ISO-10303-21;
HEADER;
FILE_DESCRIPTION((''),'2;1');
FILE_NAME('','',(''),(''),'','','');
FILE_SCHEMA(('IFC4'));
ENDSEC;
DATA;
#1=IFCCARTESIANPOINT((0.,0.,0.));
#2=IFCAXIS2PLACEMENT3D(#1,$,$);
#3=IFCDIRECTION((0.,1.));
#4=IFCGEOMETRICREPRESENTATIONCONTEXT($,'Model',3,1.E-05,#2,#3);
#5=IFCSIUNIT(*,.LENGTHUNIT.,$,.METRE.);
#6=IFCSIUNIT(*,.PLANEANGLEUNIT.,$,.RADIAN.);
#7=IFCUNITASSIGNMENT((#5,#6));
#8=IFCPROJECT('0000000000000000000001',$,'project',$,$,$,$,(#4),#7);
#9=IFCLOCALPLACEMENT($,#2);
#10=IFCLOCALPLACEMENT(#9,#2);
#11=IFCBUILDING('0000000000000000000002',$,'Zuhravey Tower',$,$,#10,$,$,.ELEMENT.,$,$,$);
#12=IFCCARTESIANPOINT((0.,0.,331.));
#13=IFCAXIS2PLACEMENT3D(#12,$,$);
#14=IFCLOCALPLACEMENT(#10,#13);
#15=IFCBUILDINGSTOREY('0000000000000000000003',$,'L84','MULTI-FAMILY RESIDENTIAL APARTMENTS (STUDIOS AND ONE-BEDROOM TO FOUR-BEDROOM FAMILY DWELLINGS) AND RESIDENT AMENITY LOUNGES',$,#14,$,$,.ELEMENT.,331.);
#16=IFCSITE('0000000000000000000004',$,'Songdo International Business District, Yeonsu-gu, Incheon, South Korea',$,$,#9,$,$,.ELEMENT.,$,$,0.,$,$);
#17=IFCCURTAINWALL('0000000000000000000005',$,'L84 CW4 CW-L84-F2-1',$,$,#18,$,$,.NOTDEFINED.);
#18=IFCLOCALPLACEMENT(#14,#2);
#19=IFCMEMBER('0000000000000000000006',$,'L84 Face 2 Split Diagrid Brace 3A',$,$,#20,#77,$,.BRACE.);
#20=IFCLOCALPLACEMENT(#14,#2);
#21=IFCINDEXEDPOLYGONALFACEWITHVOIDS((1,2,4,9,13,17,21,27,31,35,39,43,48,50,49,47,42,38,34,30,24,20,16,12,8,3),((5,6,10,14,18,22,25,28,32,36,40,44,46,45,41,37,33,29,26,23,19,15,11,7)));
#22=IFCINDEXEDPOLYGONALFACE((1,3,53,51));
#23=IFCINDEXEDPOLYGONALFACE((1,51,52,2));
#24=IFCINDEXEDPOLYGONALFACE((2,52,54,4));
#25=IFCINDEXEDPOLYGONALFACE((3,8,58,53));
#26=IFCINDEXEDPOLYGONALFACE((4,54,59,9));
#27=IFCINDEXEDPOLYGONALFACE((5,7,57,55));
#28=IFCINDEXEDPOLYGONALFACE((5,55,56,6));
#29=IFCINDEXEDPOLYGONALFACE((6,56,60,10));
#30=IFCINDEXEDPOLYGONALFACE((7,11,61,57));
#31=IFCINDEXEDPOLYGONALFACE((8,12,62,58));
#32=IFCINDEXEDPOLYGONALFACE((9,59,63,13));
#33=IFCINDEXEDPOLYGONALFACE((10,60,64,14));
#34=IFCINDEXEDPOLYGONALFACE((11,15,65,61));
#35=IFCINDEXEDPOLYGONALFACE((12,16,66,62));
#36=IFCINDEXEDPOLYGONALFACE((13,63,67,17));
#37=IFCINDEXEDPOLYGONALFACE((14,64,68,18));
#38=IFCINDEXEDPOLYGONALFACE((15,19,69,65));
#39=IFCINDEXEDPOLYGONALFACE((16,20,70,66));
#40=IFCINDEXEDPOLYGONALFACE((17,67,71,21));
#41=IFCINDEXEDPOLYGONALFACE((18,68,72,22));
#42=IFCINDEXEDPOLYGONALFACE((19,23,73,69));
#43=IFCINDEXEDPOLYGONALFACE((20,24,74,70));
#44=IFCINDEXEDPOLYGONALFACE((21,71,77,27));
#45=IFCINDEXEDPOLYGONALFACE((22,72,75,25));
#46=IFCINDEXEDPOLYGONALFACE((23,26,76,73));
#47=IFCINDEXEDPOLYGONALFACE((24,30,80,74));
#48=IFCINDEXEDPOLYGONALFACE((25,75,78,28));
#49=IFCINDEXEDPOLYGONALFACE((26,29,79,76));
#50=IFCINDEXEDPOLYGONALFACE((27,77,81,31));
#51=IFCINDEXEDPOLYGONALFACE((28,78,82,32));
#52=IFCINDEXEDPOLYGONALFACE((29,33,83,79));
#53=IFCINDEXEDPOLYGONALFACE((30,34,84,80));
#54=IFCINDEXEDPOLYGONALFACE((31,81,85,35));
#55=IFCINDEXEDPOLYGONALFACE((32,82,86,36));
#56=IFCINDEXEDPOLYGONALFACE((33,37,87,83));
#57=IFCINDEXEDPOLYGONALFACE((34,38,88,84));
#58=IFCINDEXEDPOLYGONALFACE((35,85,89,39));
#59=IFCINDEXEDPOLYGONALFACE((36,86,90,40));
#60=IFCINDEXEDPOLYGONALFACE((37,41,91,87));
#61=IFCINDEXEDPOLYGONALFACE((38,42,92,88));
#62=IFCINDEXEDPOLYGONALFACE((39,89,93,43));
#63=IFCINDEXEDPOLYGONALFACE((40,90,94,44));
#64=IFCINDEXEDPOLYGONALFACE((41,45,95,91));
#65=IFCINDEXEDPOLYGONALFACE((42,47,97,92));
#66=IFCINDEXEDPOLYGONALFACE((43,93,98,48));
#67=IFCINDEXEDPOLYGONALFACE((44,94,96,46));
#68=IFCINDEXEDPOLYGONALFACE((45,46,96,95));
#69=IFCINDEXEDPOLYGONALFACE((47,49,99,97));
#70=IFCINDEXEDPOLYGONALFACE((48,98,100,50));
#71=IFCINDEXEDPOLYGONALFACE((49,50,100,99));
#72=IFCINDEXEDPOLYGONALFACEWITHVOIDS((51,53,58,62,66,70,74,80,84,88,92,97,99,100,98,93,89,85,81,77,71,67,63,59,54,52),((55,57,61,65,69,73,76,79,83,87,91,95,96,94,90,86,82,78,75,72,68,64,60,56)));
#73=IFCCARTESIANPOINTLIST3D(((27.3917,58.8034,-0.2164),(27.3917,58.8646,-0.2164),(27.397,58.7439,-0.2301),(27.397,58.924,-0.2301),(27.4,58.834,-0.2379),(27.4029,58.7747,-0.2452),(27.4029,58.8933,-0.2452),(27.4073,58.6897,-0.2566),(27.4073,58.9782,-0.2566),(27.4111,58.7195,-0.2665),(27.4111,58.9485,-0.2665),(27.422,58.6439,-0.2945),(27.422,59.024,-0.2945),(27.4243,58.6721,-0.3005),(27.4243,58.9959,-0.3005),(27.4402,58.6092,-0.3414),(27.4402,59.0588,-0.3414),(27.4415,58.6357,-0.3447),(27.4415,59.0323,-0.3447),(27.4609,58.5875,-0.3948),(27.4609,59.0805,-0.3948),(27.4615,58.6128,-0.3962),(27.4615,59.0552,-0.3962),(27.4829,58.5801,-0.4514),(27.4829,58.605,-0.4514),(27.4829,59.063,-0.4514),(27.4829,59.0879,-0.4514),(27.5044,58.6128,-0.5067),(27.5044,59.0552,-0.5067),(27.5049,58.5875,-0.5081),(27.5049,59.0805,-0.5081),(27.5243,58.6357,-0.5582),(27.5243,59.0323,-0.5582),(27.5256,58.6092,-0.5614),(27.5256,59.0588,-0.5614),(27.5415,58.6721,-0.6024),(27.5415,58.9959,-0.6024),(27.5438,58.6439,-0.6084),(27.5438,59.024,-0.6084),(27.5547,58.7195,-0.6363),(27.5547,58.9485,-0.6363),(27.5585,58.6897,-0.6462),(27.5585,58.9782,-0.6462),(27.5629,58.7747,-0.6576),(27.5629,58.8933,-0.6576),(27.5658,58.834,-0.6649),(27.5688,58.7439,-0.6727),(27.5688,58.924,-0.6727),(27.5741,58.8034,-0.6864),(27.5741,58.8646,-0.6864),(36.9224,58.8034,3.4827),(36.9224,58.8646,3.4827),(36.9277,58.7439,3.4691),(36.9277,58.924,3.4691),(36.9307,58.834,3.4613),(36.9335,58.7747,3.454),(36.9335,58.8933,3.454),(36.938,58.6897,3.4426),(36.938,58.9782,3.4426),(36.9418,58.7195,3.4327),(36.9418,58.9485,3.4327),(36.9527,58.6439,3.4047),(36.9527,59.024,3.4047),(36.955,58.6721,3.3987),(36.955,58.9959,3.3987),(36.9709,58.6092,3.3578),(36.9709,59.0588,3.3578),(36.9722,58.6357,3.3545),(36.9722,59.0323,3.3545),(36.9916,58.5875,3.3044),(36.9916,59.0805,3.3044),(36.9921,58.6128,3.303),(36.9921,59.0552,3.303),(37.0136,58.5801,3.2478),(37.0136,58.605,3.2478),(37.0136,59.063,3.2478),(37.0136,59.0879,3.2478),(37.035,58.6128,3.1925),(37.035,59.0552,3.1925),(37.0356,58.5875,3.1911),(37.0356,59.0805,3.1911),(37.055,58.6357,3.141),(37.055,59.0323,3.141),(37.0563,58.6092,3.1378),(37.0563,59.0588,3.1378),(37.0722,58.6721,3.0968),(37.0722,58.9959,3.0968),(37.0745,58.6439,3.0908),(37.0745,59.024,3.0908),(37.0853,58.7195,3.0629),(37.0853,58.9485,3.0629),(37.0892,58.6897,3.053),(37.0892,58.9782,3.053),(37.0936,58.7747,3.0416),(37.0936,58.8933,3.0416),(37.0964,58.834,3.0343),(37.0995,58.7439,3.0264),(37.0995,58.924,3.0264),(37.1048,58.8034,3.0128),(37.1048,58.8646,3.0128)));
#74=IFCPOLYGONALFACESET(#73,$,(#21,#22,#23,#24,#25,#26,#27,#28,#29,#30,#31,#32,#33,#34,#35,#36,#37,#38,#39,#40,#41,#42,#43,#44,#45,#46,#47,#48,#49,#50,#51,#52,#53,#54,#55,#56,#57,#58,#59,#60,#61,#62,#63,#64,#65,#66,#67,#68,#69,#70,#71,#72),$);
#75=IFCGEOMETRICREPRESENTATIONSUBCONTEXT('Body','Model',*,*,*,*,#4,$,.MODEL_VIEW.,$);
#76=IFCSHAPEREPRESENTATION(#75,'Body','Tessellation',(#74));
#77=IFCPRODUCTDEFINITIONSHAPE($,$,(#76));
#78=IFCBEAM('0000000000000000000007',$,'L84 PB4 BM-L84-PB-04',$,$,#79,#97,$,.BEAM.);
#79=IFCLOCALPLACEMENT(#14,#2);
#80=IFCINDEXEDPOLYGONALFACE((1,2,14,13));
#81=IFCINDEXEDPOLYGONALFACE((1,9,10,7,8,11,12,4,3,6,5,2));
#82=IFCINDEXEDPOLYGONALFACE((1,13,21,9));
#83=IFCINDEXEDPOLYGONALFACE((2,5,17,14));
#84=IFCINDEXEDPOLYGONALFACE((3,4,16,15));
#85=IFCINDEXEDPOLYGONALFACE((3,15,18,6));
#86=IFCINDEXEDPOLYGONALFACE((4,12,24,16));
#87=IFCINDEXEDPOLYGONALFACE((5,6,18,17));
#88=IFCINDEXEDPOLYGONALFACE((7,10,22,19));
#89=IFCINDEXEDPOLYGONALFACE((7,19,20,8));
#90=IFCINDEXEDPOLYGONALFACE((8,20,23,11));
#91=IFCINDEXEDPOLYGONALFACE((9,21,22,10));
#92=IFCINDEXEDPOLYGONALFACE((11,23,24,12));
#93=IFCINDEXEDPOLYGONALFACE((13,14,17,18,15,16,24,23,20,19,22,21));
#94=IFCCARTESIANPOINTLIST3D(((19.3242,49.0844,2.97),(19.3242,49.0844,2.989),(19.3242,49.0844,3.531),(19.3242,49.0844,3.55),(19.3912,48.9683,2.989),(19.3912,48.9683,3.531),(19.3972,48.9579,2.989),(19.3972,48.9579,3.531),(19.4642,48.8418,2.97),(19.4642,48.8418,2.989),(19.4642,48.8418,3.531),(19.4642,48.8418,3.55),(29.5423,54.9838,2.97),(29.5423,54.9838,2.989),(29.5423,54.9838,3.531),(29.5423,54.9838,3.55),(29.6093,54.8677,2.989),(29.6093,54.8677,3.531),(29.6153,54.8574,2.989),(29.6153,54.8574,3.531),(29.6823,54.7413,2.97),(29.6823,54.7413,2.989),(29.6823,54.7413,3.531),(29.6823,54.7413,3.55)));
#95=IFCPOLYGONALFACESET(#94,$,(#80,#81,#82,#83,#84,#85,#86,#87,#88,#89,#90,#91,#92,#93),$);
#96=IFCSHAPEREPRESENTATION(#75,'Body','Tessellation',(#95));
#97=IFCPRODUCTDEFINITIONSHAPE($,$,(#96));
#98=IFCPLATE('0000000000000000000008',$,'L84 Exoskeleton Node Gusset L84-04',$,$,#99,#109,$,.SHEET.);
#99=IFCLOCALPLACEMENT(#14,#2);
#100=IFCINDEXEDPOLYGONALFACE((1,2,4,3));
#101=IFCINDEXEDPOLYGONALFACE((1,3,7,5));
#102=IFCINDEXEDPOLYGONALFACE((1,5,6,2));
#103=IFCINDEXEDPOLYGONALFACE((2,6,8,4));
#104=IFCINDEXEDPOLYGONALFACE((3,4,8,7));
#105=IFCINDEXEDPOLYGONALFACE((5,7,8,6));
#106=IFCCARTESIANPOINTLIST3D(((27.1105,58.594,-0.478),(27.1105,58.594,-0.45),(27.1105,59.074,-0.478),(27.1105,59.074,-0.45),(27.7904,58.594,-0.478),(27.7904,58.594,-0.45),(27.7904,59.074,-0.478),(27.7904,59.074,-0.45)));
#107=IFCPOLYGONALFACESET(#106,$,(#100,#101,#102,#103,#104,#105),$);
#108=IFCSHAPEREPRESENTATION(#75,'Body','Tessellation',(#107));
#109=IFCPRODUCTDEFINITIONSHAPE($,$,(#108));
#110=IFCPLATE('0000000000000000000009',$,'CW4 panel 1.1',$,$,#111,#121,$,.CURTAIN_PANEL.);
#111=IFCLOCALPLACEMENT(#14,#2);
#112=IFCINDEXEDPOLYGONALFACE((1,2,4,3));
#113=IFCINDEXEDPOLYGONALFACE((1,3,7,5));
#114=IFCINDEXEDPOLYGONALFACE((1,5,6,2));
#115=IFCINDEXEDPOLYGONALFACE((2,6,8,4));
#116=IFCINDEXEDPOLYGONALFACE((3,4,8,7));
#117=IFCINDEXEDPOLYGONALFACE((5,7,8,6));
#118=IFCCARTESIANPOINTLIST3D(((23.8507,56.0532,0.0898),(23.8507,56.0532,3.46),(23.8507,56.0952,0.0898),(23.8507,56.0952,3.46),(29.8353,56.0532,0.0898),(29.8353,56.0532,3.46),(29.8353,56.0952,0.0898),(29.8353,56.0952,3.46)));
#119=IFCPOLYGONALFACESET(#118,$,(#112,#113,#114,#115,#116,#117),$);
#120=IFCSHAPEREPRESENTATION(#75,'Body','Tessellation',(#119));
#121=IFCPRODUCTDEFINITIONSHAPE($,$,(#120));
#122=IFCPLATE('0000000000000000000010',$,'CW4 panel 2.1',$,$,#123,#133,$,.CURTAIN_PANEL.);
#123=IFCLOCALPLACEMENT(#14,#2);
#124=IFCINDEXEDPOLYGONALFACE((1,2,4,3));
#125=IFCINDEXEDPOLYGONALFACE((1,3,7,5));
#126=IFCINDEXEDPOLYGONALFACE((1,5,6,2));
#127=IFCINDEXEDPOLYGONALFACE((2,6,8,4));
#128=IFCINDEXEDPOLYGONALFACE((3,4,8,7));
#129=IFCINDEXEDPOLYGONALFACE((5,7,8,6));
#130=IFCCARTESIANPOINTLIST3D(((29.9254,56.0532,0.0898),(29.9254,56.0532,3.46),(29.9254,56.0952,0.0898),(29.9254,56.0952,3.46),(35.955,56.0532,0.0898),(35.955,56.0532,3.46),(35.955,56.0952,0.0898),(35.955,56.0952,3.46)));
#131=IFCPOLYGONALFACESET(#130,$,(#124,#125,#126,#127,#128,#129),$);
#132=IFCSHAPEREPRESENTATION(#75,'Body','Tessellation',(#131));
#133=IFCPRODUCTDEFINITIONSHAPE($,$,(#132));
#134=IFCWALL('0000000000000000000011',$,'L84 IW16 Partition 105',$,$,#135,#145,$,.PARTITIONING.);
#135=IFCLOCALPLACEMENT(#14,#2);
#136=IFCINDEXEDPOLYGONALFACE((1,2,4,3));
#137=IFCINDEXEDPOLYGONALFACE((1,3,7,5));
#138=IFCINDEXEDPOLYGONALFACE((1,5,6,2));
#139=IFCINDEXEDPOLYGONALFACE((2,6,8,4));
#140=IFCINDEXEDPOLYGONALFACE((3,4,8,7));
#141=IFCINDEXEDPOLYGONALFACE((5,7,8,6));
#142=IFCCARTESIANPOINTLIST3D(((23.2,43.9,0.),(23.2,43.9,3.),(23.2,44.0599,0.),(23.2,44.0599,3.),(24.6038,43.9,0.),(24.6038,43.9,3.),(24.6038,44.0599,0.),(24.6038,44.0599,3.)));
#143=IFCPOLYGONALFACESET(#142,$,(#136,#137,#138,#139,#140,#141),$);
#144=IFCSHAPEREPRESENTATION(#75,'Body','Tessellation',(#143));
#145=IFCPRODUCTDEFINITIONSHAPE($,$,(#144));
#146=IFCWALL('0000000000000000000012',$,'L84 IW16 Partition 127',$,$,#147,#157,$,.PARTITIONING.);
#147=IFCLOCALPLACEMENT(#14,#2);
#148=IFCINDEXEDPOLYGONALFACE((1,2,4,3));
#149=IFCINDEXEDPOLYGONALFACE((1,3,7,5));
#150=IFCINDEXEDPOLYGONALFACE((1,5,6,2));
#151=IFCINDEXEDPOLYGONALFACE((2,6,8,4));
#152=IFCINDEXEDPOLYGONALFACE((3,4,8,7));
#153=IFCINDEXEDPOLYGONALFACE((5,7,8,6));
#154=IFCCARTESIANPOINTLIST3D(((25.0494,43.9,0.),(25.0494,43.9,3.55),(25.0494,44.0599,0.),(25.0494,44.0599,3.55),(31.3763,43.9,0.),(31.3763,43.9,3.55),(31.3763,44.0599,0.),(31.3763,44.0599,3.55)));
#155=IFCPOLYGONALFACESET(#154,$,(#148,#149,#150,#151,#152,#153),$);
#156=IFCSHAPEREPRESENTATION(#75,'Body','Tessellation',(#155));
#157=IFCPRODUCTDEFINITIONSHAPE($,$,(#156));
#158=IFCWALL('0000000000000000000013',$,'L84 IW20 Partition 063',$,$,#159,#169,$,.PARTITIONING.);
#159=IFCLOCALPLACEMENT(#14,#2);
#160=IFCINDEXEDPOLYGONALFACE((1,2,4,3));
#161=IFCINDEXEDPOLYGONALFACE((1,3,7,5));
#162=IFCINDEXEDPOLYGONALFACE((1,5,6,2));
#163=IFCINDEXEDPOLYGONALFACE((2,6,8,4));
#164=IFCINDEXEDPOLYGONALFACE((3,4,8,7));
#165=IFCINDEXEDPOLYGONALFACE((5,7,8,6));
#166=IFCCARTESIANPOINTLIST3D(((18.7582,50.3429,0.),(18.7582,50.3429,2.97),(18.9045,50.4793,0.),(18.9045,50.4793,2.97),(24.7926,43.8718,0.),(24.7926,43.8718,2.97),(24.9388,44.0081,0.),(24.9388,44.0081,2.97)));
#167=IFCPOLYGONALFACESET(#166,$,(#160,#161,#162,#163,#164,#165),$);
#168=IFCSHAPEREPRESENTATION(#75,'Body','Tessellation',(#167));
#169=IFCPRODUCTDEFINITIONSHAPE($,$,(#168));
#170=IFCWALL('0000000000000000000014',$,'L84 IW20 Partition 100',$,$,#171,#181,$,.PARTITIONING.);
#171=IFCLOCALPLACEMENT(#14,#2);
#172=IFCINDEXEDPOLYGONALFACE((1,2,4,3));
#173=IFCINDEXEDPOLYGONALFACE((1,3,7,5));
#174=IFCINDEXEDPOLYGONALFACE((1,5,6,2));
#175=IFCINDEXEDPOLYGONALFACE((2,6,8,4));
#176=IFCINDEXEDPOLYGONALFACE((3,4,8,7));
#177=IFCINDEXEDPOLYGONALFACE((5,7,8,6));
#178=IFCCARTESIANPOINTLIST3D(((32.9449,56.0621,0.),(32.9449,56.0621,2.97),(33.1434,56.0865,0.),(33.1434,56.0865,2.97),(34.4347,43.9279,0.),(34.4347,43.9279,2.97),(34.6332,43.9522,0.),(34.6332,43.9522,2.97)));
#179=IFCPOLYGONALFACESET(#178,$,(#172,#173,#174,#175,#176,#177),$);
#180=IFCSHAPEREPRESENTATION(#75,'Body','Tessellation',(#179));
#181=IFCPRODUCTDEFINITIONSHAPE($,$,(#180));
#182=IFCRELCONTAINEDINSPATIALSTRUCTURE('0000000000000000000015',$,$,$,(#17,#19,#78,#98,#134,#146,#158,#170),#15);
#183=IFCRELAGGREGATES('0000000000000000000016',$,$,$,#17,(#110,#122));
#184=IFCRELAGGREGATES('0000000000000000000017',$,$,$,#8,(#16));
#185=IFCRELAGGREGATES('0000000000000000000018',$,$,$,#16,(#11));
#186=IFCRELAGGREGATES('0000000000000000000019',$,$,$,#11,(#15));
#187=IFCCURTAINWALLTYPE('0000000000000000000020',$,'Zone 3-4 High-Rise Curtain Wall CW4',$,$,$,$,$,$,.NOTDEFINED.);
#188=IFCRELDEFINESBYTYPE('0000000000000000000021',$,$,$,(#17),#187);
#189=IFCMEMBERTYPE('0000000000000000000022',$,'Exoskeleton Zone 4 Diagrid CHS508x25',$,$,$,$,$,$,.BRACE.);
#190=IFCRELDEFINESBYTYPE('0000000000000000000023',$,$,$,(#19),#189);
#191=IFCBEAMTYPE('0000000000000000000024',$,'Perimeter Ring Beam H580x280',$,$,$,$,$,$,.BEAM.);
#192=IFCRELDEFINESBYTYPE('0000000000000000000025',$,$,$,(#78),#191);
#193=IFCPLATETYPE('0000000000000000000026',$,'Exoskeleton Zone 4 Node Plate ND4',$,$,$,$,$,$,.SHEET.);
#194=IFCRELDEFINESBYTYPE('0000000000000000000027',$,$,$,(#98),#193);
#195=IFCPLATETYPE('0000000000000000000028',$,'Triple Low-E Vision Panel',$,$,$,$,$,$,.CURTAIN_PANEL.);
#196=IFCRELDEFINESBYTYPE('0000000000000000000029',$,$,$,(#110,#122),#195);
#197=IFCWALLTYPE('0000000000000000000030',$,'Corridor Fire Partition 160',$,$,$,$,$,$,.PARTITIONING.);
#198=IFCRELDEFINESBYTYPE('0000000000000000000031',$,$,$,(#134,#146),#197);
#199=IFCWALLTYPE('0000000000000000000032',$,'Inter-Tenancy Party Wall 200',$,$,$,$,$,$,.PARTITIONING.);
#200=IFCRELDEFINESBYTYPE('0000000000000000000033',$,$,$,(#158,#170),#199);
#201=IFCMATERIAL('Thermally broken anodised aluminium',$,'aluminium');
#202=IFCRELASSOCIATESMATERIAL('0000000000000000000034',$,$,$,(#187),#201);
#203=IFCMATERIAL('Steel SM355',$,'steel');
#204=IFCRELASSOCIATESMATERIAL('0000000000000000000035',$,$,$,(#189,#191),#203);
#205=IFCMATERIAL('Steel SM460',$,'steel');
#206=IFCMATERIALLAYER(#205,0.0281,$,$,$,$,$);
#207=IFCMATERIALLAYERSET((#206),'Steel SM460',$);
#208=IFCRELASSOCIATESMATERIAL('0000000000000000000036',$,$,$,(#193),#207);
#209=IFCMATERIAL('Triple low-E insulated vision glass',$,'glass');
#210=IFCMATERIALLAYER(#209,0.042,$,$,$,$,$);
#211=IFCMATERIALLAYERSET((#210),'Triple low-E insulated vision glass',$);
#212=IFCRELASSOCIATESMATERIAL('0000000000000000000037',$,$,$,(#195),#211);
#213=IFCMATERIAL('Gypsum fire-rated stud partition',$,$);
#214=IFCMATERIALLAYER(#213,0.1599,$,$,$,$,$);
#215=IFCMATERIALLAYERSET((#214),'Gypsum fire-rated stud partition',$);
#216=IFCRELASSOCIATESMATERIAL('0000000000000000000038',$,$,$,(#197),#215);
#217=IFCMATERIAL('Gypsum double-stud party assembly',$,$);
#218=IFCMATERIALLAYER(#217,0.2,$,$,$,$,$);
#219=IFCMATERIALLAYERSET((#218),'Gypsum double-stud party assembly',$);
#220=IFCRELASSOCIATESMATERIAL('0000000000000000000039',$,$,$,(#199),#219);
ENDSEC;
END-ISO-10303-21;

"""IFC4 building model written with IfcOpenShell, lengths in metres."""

from ifc_helpers import new_model, si_unit, direction, frame, frame_2d, origin, origin_2d, place, context, subcontext, project, spatial, rectangle, hollow_circle, i_section, extrude, material, layer, layer_set, material_profile, profile_set, type_object, element, aggregate, save


model = new_model("IFC4")

# Units and contexts
model_context = context("Model", 3, precision=1e-05, world=origin(), true_north=direction((0.0, 1.0)))
body_context = subcontext(model_context, "Body", "Model", "MODEL_VIEW")
ifc_project = project(units=[si_unit("LENGTHUNIT", "METRE"), si_unit("PLANEANGLEUNIT", "RADIAN")], contexts=[model_context])

# Site, building, storey
site_placement = place(None, origin())
site = spatial("IfcSite", under=ifc_project, at=site_placement, Name="Songdo International Business District, Yeonsu-gu, Incheon, South Korea", CompositionType="ELEMENT", RefElevation=0.0)
building_placement = place(site_placement, origin())
building = spatial("IfcBuilding", under=site, at=building_placement, Name="Zuhravey Tower", CompositionType="ELEMENT")
storey_placement = place(building_placement, frame((0.0, 0.0, 331.0)))
storey = spatial("IfcBuildingStorey", under=building, at=storey_placement, Name="L84", Description="MULTI-FAMILY RESIDENTIAL APARTMENTS (STUDIOS AND ONE-BEDROOM TO FOUR-BEDROOM FAMILY DWELLINGS) AND RESIDENT AMENITY LOUNGES", CompositionType="ELEMENT", Elevation=331.0)

# Curtain wall
ifc_material_1 = material(Name="Thermally broken anodised aluminium", Category="aluminium")
curtain_wall_type = type_object("IfcCurtainWallType", Name="Zone 3-4 High-Rise Curtain Wall CW4", PredefinedType="NOTDEFINED", material=ifc_material_1)
curtain_wall_placement = place(storey_placement, origin())
curtain_wall = element("IfcCurtainWall", 1, at=curtain_wall_placement, inside=storey, type_object=curtain_wall_type, Name="L84 CW4 CW-L84-F2-1", PredefinedType="NOTDEFINED")

# Member
ifc_material_2 = material(Name="Steel SM355", Category="steel")
ifc_material_profile_1 = material_profile(ifc_material_2, hollow_circle(Radius=0.2539, WallThickness=0.0249, at=origin_2d()), Name="CHS-508.0x25")
ifc_profile_set_1 = profile_set([ifc_material_profile_1], Name="Steel SM355")
member_type_1 = type_object("IfcMemberType", Name="Exoskeleton Zone 4 Diagrid CHS508x25", PredefinedType="BRACE", material=ifc_profile_set_1)
member_1_placement = place(storey_placement, frame((27.4829, 58.834, -0.4514), z_axis=(0.932242, 0.0, 0.361835), x_axis=(0.0, 1.0, 0.0)))
element("IfcMember", 2, at=member_1_placement, inside=storey, type_object=member_type_1, Name="L84 Face 2 Split Diagrid Brace 3A", PredefinedType="BRACE", context=body_context, shape_type="SweptSolid", body=[
    extrude(hollow_circle(Radius=0.2539, WallThickness=0.0249, at=origin_2d()), origin(), (0.0, 0.0, 1.0), 10.2234),
])

# Beam
ifc_material_profile_2 = material_profile(ifc_material_2, i_section(OverallWidth=0.28, OverallDepth=0.5801, WebThickness=0.012, FlangeThickness=0.019, at=origin_2d()), Name="H-580x280x12x19")
ifc_profile_set_2 = profile_set([ifc_material_profile_2], Name="Steel SM355")
beam_type = type_object("IfcBeamType", Name="Perimeter Ring Beam H580x280", PredefinedType="BEAM", material=ifc_profile_set_2)
beam_placement = place(storey_placement, frame((29.6123, 54.8625, 3.26), z_axis=(-0.866024, -0.500002, 0.0), x_axis=(0.500002, -0.866024, 0.0)))
element("IfcBeam", 3, at=beam_placement, inside=storey, type_object=beam_type, Name="L84 PB4 BM-L84-PB-04", PredefinedType="BEAM", context=body_context, shape_type="SweptSolid", body=[
    extrude(i_section(OverallWidth=0.28, OverallDepth=0.5801, WebThickness=0.012, FlangeThickness=0.019, at=origin_2d()), origin(), (0.0, 0.0, 1.0), 11.7988),
])

# Plates
ifc_material_3 = material(Name="Steel SM460", Category="steel")
ifc_layer_1 = layer(ifc_material_3, 0.0281)
ifc_layer_set_1 = layer_set([ifc_layer_1], Name="Steel SM460")
plate_type_1 = type_object("IfcPlateType", Name="Exoskeleton Zone 4 Node Plate ND4", PredefinedType="SHEET", material=ifc_layer_set_1)
plate_1_placement = place(storey_placement, frame((27.4504, 58.834, -0.478), z_axis=(0.0, 0.0, 1.0), x_axis=(-1.0, 0.0, 0.0)))
element("IfcPlate", 4, at=plate_1_placement, inside=storey, type_object=plate_type_1, Name="L84 Exoskeleton Node Gusset L84-04", PredefinedType="SHEET", context=body_context, shape_type="SweptSolid", body=[
    extrude(rectangle(XDim=0.6799, YDim=0.48, at=origin_2d()), origin(), (0.0, 0.0, 1.0), 0.0281),
])
ifc_material_4 = material(Name="Triple low-E insulated vision glass", Category="glass")
ifc_layer_2 = layer(ifc_material_4, 0.042)
ifc_layer_set_2 = layer_set([ifc_layer_2], Name="Triple low-E insulated vision glass")
plate_type_2 = type_object("IfcPlateType", Name="Triple Low-E Vision Panel", PredefinedType="CURTAIN_PANEL", material=ifc_layer_set_2)
plate_2_placement = place(storey_placement, frame((26.843, 56.0742, 0.0898), z_axis=(0.0, 0.0, 1.0), x_axis=(1.0, 0.0, 0.0)))
plate_2 = element("IfcPlate", 5, at=plate_2_placement, type_object=plate_type_2, Name="CW4 panel 1.1", PredefinedType="CURTAIN_PANEL", context=body_context, shape_type="SweptSolid", body=[
    extrude(rectangle(XDim=5.9846, YDim=0.042, at=origin_2d()), origin(), (0.0, 0.0, 1.0), 3.3701),
])
plate_3_placement = place(storey_placement, frame((32.9402, 56.0742, 0.0898), z_axis=(0.0, 0.0, 1.0), x_axis=(1.0, 0.0, 0.0)))
plate_3 = element("IfcPlate", 6, at=plate_3_placement, type_object=plate_type_2, Name="CW4 panel 2.1", PredefinedType="CURTAIN_PANEL", context=body_context, shape_type="SweptSolid", body=[
    extrude(rectangle(XDim=6.0295, YDim=0.042, at=origin_2d()), origin(), (0.0, 0.0, 1.0), 3.3701),
])
aggregate(curtain_wall, [plate_2, plate_3])

# Shared definitions
ifc_material_5 = material(Name="Gypsum fire-rated stud partition")
ifc_layer_3 = layer(ifc_material_5, 0.1599)
ifc_layer_set_3 = layer_set([ifc_layer_3], Name="Gypsum fire-rated stud partition")
wall_type_1 = type_object("IfcWallType", Name="Corridor Fire Partition 160", PredefinedType="PARTITIONING", material=ifc_layer_set_3)

# Walls
wall_1_placement = place(storey_placement, frame((24.6038, 43.98, 0.0), z_axis=(0.0, 0.0, 1.0), x_axis=(-1.0, 0.0, 0.0)))
element("IfcWall", 7, at=wall_1_placement, inside=storey, type_object=wall_type_1, Name="L84 IW16 Partition 105", PredefinedType="PARTITIONING", context=body_context, shape_type="SweptSolid", body=[
    extrude(rectangle(XDim=1.4038, YDim=0.1599, at=frame_2d((0.7019, 0.0))), origin(), (0.0, 0.0, 1.0), 3.0),
])
wall_2_placement = place(storey_placement, frame((31.3765, 43.98, 0.0), z_axis=(0.0, 0.0, 1.0), x_axis=(-1.0, 0.0, 0.0)))
element("IfcWall", 8, at=wall_2_placement, inside=storey, type_object=wall_type_1, Name="L84 IW16 Partition 127", PredefinedType="PARTITIONING", context=body_context, shape_type="SweptSolid", body=[
    extrude(rectangle(XDim=6.3269, YDim=0.1599, at=frame_2d((3.1636, 0.0))), origin(), (0.0, 0.0, 1.0), 3.55),
])
ifc_material_6 = material(Name="Gypsum double-stud party assembly")
ifc_layer_4 = layer(ifc_material_6, 0.2)
ifc_layer_set_4 = layer_set([ifc_layer_4], Name="Gypsum double-stud party assembly")
wall_type_2 = type_object("IfcWallType", Name="Inter-Tenancy Party Wall 200", PredefinedType="PARTITIONING", material=ifc_layer_set_4)
wall_3_placement = place(storey_placement, frame((24.8657, 43.9399, 0.0), z_axis=(0.0, 0.0, 1.0), x_axis=(-0.681995, 0.731357, 0.0)))
element("IfcWall", 9, at=wall_3_placement, inside=storey, type_object=wall_type_2, Name="L84 IW20 Partition 063", PredefinedType="PARTITIONING", context=body_context, shape_type="SweptSolid", body=[
    extrude(rectangle(XDim=8.8481, YDim=0.2, at=frame_2d((4.4241, 0.0))), origin(), (0.0, 0.0, 1.0), 2.97),
])
wall_4_placement = place(storey_placement, frame((34.5339, 43.9399, 0.0), z_axis=(0.0, 0.0, 1.0), x_axis=(-0.121857, 0.992548, 0.0)))
element("IfcWall", 10, at=wall_4_placement, inside=storey, type_object=wall_type_2, Name="L84 IW20 Partition 100", PredefinedType="PARTITIONING", context=body_context, shape_type="SweptSolid", body=[
    extrude(rectangle(XDim=12.2253, YDim=0.2, at=frame_2d((6.1128, 0.0))), origin(), (0.0, 0.0, 1.0), 2.97),
])

save(model, "model.ifc")
